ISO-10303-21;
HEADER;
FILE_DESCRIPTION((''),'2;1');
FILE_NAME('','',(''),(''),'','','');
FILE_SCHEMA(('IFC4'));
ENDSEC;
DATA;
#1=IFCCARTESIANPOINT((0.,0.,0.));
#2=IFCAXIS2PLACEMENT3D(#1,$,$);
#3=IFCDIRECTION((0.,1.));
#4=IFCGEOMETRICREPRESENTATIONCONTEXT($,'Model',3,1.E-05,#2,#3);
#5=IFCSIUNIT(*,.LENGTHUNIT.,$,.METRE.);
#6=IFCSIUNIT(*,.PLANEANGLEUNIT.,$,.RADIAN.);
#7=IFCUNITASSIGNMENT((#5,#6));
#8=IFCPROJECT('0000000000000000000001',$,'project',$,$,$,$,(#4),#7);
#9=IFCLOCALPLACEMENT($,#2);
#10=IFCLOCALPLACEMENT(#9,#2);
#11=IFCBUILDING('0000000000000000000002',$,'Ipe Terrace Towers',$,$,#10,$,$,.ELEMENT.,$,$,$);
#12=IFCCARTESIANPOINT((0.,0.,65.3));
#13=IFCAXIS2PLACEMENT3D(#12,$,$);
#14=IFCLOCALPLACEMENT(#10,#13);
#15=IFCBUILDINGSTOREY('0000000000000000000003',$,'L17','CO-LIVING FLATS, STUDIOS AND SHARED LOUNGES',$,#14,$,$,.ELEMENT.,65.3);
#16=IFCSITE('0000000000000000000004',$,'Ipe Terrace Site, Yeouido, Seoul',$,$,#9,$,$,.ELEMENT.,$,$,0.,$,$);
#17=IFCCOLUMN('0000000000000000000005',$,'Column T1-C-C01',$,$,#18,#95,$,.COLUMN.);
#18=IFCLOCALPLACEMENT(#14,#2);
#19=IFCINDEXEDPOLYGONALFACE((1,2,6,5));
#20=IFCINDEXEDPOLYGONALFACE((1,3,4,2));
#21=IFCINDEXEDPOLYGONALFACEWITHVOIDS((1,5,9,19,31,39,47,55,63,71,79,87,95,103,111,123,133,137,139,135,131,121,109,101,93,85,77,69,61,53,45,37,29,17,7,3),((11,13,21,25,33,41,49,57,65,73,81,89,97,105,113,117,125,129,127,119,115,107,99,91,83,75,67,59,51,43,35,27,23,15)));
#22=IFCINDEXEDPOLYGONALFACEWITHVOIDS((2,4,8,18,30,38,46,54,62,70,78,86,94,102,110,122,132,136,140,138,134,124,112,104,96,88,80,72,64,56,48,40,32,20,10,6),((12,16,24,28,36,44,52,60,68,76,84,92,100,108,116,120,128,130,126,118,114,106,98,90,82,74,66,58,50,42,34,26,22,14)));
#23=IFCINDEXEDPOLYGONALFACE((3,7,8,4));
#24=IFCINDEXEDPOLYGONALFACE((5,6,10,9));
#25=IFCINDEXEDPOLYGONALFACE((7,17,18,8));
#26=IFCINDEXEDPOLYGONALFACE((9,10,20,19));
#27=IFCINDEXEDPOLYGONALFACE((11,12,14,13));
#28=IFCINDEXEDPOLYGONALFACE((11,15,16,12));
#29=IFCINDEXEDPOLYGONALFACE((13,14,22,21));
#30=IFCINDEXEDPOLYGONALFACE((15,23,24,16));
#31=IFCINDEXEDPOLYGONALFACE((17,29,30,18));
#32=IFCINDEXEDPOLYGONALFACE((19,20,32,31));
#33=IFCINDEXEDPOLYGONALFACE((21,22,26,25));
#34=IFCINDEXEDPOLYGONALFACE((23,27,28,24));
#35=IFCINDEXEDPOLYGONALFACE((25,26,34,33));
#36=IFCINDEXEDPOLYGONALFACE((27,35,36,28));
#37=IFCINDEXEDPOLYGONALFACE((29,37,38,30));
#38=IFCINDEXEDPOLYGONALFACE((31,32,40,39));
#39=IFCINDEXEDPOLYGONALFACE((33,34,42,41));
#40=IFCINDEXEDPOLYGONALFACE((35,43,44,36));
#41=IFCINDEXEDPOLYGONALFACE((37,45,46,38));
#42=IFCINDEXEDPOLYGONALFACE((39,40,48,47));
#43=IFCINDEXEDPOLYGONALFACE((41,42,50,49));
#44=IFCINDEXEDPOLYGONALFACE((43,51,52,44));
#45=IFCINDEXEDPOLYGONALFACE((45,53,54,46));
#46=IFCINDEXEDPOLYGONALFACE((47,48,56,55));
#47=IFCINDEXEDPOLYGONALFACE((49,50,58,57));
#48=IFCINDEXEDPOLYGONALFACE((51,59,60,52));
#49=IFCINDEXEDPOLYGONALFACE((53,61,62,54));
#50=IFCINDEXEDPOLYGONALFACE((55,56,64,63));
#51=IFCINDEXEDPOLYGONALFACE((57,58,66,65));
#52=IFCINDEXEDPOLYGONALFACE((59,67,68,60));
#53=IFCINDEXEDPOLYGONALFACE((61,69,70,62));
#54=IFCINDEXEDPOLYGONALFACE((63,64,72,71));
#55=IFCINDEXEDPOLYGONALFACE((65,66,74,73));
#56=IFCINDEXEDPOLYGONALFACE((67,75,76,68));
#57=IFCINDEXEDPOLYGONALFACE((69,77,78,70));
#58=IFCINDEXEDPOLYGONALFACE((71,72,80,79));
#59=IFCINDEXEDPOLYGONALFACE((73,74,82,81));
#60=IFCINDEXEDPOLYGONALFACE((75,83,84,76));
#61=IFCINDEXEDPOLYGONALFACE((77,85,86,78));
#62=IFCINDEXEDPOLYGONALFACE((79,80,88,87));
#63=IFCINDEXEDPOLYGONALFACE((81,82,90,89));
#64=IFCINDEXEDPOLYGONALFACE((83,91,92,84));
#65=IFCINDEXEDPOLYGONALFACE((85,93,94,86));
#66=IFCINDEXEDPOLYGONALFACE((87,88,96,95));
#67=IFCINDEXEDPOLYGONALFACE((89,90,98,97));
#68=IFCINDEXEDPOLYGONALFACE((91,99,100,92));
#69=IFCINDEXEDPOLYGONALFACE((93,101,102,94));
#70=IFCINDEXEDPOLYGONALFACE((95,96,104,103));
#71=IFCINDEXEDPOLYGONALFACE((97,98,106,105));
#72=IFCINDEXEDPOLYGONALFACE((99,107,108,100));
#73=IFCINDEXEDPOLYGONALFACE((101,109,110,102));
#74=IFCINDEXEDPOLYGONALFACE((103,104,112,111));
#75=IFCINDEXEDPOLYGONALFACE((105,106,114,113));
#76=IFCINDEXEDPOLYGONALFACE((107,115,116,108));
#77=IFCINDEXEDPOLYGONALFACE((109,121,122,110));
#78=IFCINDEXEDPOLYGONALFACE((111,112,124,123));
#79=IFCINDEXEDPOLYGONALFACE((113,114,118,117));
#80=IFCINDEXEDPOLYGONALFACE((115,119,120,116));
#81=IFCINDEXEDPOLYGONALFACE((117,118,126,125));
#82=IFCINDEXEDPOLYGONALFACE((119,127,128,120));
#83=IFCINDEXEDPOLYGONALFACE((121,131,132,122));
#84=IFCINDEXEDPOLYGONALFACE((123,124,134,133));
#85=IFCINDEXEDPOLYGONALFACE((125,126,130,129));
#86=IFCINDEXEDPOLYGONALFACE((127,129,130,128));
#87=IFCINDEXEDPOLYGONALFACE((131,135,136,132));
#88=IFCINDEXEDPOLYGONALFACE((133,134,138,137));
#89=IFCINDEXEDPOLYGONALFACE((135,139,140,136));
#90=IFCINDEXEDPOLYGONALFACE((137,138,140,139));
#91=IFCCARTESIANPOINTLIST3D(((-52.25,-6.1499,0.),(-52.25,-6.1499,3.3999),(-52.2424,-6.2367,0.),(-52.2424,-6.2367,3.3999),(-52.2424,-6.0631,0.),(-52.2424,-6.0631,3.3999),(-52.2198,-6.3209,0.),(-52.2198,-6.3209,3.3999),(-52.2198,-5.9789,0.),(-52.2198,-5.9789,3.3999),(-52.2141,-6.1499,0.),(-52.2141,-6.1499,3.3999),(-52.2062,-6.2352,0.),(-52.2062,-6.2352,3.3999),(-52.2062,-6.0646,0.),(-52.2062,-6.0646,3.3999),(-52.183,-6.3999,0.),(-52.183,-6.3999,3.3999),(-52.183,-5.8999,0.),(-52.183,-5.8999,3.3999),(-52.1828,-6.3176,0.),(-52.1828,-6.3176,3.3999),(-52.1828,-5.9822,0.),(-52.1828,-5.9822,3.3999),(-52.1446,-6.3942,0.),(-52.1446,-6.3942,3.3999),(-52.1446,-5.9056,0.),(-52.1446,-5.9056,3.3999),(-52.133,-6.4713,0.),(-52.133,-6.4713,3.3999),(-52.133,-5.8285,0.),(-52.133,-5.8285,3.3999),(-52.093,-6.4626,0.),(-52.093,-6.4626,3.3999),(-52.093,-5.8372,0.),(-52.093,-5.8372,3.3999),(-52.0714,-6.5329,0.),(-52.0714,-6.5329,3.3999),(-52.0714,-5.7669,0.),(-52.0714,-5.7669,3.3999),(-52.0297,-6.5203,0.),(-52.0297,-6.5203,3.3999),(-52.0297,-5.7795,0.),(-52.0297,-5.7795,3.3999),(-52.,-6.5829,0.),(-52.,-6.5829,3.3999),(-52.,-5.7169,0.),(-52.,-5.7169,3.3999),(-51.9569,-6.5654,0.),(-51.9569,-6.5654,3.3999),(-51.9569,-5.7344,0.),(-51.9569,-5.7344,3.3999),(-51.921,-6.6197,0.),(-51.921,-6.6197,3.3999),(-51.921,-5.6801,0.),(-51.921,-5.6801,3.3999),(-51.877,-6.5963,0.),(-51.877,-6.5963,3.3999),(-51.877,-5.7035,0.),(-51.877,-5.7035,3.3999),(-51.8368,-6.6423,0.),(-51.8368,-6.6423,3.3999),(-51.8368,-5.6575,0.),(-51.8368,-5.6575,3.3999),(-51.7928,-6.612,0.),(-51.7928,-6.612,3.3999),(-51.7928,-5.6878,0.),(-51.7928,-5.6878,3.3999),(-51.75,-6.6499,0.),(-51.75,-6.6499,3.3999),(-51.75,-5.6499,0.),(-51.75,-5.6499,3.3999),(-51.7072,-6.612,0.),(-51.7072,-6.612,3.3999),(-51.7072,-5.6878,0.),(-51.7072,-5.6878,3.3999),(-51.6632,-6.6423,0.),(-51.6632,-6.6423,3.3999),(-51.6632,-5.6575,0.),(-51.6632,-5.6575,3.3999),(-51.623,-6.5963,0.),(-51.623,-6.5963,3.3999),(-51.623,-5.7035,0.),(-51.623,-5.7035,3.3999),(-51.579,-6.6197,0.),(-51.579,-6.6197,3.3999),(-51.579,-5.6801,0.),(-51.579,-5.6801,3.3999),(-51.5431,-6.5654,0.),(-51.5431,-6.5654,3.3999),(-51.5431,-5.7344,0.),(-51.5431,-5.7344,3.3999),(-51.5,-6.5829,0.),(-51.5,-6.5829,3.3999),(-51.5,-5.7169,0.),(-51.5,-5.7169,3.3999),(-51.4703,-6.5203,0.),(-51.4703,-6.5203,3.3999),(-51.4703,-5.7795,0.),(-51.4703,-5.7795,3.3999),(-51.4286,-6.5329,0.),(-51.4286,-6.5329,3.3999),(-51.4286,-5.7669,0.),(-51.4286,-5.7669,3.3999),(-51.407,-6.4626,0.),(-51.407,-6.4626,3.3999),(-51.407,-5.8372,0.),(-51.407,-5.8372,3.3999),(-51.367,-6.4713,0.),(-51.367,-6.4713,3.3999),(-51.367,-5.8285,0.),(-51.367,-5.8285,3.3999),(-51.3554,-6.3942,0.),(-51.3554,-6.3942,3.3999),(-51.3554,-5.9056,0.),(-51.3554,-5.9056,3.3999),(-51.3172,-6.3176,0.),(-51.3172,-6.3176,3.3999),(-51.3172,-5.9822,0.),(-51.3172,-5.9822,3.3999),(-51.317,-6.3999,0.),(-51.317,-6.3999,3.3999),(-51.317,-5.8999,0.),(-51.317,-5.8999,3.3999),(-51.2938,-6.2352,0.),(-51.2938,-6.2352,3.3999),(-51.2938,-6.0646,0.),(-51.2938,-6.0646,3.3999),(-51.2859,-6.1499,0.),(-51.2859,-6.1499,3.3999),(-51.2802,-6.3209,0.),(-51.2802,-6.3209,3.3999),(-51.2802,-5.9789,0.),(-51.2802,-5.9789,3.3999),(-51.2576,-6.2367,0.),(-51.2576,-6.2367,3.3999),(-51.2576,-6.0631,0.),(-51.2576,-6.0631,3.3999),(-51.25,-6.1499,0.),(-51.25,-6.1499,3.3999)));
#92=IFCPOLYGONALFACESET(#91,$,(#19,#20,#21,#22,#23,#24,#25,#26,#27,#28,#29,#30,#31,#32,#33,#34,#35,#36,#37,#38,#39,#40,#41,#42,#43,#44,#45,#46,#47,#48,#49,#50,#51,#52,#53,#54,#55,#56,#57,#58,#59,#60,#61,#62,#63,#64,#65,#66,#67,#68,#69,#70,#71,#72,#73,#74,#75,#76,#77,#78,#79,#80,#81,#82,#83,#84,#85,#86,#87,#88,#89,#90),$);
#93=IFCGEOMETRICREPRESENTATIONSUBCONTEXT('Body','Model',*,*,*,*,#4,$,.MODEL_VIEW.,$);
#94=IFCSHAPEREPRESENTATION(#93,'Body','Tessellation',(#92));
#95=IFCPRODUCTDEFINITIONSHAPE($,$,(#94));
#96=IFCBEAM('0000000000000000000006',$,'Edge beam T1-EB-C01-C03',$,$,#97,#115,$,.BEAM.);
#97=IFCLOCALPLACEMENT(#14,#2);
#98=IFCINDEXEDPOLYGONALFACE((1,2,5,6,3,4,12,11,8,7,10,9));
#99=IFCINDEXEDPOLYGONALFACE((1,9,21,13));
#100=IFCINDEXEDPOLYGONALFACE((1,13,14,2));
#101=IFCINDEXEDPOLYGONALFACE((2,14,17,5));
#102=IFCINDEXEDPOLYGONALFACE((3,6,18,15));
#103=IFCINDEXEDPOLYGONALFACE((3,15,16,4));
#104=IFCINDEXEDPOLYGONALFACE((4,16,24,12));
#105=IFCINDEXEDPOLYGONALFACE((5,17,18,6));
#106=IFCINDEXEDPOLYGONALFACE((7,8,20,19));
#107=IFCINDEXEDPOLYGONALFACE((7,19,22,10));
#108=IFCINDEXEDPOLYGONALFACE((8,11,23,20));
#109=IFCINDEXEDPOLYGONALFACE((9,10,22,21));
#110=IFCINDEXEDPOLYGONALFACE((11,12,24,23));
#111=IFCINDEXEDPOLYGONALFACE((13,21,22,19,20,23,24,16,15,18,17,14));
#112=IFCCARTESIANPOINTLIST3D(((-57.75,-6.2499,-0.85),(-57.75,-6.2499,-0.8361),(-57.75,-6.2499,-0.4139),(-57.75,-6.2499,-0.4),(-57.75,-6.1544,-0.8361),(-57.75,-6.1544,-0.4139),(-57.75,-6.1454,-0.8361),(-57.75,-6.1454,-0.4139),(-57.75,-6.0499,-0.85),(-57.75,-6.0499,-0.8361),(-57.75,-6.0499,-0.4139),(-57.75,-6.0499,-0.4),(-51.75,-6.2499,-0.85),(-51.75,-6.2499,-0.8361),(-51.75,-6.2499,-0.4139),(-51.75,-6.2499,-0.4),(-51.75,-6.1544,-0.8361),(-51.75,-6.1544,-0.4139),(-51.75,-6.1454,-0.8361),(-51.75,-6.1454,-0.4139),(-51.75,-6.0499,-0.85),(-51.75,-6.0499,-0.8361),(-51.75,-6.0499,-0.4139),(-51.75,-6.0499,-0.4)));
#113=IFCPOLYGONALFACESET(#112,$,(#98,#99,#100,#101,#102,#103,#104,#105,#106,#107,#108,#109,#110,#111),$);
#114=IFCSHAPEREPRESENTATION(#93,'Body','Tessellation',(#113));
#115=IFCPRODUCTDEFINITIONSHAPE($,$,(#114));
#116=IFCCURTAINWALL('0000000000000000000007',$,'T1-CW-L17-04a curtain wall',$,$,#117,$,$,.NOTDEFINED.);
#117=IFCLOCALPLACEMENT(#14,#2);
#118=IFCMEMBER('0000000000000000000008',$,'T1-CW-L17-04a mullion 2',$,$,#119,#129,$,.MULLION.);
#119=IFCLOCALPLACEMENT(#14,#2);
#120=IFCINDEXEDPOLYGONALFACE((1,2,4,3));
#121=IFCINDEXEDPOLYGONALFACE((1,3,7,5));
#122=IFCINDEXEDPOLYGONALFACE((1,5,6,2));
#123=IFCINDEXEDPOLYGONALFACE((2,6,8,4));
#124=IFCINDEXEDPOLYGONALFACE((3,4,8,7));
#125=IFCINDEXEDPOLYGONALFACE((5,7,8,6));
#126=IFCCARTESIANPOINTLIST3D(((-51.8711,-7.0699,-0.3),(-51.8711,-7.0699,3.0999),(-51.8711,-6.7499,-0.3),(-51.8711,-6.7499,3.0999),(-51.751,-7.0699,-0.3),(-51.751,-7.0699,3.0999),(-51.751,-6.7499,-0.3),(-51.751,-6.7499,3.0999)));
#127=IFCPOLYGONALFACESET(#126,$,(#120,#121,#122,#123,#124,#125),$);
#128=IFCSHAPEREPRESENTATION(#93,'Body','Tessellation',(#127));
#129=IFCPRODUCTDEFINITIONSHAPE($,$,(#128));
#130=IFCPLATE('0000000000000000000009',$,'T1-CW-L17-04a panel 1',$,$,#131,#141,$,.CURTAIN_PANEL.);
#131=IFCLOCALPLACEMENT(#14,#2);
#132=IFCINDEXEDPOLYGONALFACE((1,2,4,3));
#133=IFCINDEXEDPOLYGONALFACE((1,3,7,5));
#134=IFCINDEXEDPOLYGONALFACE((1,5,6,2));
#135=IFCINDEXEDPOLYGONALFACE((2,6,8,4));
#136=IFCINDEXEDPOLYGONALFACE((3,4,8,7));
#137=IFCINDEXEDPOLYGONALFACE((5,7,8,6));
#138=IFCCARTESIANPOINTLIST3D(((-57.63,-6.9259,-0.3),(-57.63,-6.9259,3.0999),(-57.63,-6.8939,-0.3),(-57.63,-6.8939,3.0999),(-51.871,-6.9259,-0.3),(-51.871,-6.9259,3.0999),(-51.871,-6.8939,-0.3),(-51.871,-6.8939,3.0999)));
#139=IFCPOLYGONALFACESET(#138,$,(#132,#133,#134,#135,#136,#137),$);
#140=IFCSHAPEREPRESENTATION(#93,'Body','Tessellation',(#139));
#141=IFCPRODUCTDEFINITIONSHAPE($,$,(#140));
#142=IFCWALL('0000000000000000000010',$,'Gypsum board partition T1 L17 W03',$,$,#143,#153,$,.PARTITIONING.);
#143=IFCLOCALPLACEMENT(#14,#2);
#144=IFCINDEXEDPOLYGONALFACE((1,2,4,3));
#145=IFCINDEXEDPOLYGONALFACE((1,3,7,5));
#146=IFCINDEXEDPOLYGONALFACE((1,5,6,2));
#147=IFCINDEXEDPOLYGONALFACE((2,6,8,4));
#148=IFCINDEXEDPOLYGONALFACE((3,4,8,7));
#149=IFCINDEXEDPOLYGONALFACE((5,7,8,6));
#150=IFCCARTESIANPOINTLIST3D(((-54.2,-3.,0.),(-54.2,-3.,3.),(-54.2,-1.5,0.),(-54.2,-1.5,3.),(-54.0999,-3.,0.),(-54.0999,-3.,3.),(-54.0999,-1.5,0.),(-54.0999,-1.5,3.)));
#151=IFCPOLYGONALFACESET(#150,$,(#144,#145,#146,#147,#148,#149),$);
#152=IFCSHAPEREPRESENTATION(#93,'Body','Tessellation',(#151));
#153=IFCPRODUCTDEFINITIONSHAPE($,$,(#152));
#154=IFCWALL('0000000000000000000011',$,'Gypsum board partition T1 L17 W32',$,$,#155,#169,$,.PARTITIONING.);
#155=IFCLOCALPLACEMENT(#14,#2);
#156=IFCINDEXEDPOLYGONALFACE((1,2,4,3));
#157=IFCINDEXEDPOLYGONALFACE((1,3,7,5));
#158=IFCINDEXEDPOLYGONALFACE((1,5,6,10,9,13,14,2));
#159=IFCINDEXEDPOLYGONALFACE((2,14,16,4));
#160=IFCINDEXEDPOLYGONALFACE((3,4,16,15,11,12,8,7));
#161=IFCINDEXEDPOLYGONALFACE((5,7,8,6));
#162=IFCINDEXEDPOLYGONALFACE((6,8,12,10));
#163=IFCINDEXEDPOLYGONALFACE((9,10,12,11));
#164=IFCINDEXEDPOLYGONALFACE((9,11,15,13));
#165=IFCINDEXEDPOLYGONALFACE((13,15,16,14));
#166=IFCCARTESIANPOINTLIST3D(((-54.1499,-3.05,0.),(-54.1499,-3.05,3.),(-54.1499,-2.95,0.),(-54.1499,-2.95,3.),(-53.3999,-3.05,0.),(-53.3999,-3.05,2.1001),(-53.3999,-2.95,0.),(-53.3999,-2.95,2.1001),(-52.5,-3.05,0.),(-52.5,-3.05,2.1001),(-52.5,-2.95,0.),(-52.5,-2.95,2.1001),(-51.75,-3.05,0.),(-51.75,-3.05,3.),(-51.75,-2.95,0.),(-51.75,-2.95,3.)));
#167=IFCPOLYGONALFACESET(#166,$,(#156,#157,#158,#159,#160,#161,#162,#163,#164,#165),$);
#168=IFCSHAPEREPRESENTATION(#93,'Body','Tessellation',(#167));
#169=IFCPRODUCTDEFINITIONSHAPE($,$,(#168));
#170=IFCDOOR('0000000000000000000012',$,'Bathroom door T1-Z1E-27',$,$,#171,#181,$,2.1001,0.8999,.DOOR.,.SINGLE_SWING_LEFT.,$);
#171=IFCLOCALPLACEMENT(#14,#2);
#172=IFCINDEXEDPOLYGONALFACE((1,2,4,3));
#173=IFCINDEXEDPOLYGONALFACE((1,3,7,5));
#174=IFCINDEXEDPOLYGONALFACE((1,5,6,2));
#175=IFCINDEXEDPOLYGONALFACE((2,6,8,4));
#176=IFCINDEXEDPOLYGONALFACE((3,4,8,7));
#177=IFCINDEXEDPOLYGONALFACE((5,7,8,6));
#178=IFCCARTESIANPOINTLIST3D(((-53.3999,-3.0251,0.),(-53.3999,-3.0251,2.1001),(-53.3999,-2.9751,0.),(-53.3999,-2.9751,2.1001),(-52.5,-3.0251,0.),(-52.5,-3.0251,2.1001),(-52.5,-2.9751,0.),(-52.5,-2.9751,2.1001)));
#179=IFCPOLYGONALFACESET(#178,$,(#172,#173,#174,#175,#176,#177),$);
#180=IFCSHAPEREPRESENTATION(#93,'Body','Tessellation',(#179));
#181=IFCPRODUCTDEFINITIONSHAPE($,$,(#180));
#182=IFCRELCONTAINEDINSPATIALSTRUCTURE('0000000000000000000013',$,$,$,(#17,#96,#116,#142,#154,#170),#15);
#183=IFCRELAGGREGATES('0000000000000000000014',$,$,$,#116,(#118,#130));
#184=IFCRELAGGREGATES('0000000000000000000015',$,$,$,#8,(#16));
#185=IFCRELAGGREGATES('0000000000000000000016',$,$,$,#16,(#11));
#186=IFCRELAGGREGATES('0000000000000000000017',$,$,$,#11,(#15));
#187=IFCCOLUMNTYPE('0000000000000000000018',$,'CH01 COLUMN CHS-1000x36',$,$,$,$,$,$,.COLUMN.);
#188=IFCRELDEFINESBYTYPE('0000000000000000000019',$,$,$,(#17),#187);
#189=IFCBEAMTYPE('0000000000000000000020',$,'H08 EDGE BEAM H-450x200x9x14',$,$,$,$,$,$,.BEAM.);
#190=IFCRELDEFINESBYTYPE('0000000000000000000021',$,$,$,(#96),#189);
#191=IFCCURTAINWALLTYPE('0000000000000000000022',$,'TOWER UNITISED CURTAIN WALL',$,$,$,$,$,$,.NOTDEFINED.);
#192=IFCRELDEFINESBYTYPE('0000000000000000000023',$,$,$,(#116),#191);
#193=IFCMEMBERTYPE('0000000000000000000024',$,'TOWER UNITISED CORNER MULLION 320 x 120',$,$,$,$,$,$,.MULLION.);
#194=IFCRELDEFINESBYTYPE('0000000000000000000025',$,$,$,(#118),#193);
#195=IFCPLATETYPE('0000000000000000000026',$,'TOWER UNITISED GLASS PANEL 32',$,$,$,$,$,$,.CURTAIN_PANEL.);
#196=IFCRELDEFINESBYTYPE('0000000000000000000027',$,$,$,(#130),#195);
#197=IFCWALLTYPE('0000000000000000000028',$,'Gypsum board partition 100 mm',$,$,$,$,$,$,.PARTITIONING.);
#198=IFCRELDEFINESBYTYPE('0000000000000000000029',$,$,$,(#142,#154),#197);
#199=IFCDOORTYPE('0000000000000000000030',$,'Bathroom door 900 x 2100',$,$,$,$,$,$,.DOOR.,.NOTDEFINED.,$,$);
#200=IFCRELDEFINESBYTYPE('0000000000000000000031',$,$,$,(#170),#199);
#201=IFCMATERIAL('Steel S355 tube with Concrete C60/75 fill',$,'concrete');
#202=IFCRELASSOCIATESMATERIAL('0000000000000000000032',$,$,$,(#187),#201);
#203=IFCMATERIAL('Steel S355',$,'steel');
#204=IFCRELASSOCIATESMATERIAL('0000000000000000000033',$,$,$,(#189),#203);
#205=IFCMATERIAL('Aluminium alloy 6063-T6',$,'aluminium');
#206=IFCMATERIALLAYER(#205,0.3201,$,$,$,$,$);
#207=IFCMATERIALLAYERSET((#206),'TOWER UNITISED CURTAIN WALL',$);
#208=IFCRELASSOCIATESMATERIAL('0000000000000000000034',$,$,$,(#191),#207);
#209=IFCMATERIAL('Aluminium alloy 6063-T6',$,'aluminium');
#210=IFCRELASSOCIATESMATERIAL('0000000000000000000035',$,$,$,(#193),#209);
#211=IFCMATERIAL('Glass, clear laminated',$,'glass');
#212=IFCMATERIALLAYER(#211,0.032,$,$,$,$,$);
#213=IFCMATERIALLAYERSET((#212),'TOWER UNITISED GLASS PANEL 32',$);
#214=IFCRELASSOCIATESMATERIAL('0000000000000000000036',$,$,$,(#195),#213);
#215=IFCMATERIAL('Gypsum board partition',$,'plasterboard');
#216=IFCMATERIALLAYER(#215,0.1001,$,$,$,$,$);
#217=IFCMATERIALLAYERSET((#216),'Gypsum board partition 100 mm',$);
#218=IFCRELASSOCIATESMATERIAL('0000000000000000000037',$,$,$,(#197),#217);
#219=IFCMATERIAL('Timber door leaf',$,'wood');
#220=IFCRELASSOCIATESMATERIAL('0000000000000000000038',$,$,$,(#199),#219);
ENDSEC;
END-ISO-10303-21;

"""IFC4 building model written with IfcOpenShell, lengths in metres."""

from ifc_helpers import new_model, si_unit, direction, frame, frame_2d, origin, origin_2d, place, context, subcontext, project, spatial, rectangle, hollow_circle, i_section, extrude, material, layer, layer_set, material_profile, profile_set, type_object, element, fill, aggregate, save


model = new_model("IFC4")

# Units and contexts
model_context = context("Model", 3, precision=1e-05, world=origin(), true_north=direction((0.0, 1.0)))
body_context = subcontext(model_context, "Body", "Model", "MODEL_VIEW")
ifc_project = project(units=[si_unit("LENGTHUNIT", "METRE"), si_unit("PLANEANGLEUNIT", "RADIAN")], contexts=[model_context])

# Site, building, storey
site_placement = place(None, origin())
site = spatial("IfcSite", under=ifc_project, at=site_placement, Name="Ipe Terrace Site, Yeouido, Seoul", CompositionType="ELEMENT", RefElevation=0.0)
building_placement = place(site_placement, origin())
building = spatial("IfcBuilding", under=site, at=building_placement, Name="Ipe Terrace Towers", CompositionType="ELEMENT")
storey_placement = place(building_placement, frame((0.0, 0.0, 65.3)))
storey = spatial("IfcBuildingStorey", under=building, at=storey_placement, Name="L17", Description="CO-LIVING FLATS, STUDIOS AND SHARED LOUNGES", CompositionType="ELEMENT", Elevation=65.3)

# Column
ifc_material_1 = material(Name="Steel S355 tube with Concrete C60/75 fill", Category="concrete")
ifc_material_profile_1 = material_profile(ifc_material_1, hollow_circle(Radius=0.5, WallThickness=0.0359, at=origin_2d()), Name="CHS-1000x36")
ifc_profile_set_1 = profile_set([ifc_material_profile_1], Name="Steel S355 tube with Concrete C60/75 fill")
column_type = type_object("IfcColumnType", Name="CH01 COLUMN CHS-1000x36", PredefinedType="COLUMN", material=ifc_profile_set_1)
column_placement = place(storey_placement, frame((-51.75, -6.1499, 0.0), z_axis=(0.0, 0.0, 1.0), x_axis=(1.0, 0.0, 0.0)))
element("IfcColumn", 1, at=column_placement, inside=storey, type_object=column_type, Name="Column T1-C-C01", PredefinedType="COLUMN", context=body_context, shape_type="SweptSolid", body=[
    extrude(hollow_circle(Radius=0.5, WallThickness=0.0359, at=origin_2d()), origin(), (0.0, 0.0, 1.0), 3.3999),
])

# Beam
ifc_material_2 = material(Name="Steel S355", Category="steel")
ifc_material_profile_2 = material_profile(ifc_material_2, i_section(OverallWidth=0.2, OverallDepth=0.45, WebThickness=0.009, FlangeThickness=0.0139, at=origin_2d()), Name="H-450x200x9x14")
ifc_profile_set_2 = profile_set([ifc_material_profile_2], Name="Steel S355")
beam_type = type_object("IfcBeamType", Name="H08 EDGE BEAM H-450x200x9x14", PredefinedType="BEAM", material=ifc_profile_set_2)
beam_placement = place(storey_placement, frame((-51.75, -6.1499, -0.625), z_axis=(-1.0, 0.0, 0.0), x_axis=(0.0, -1.0, 0.0)))
element("IfcBeam", 2, at=beam_placement, inside=storey, type_object=beam_type, Name="Edge beam T1-EB-C01-C03", PredefinedType="BEAM", context=body_context, shape_type="SweptSolid", body=[
    extrude(i_section(OverallWidth=0.2, OverallDepth=0.45, WebThickness=0.009, FlangeThickness=0.0139, at=origin_2d()), origin(), (0.0, 0.0, 1.0), 6.0),
])

# Curtain wall, member, plate
ifc_material_3 = material(Name="Aluminium alloy 6063-T6", Category="aluminium")
ifc_layer_1 = layer(ifc_material_3, 0.3201)
ifc_layer_set_1 = layer_set([ifc_layer_1], Name="TOWER UNITISED CURTAIN WALL")
curtain_wall_type = type_object("IfcCurtainWallType", Name="TOWER UNITISED CURTAIN WALL", PredefinedType="NOTDEFINED", material=ifc_layer_set_1)
curtain_wall_placement = place(storey_placement, origin())
curtain_wall = element("IfcCurtainWall", 3, at=curtain_wall_placement, inside=storey, type_object=curtain_wall_type, Name="T1-CW-L17-04a curtain wall", PredefinedType="NOTDEFINED")
ifc_material_4 = material(Name="Aluminium alloy 6063-T6", Category="aluminium")
ifc_material_profile_3 = material_profile(ifc_material_4, rectangle(XDim=0.3201, YDim=0.1201, at=origin_2d()), Name="TOWER UNITISED CORNER MULLION 320 x 120")
ifc_profile_set_3 = profile_set([ifc_material_profile_3], Name="Aluminium alloy 6063-T6")
member_type = type_object("IfcMemberType", Name="TOWER UNITISED CORNER MULLION 320 x 120", PredefinedType="MULLION", material=ifc_profile_set_3)
member_placement = place(storey_placement, frame((-51.811, -6.9099, -0.3), z_axis=(0.0, 0.0, 1.0), x_axis=(0.0, -1.0, 0.0)))
member = element("IfcMember", 4, at=member_placement, type_object=member_type, Name="T1-CW-L17-04a mullion 2", PredefinedType="MULLION", context=body_context, shape_type="SweptSolid", body=[
    extrude(rectangle(XDim=0.3201, YDim=0.1201, at=origin_2d()), origin(), (0.0, 0.0, 1.0), 3.3999),
])
ifc_material_5 = material(Name="Glass, clear laminated", Category="glass")
ifc_layer_2 = layer(ifc_material_5, 0.032)
ifc_layer_set_2 = layer_set([ifc_layer_2], Name="TOWER UNITISED GLASS PANEL 32")
plate_type = type_object("IfcPlateType", Name="TOWER UNITISED GLASS PANEL 32", PredefinedType="CURTAIN_PANEL", material=ifc_layer_set_2)
plate_placement = place(storey_placement, frame((-54.7505, -6.9099, -0.3), z_axis=(0.0, 0.0, 1.0), x_axis=(1.0, 0.0, 0.0)))
plate = element("IfcPlate", 5, at=plate_placement, type_object=plate_type, Name="T1-CW-L17-04a panel 1", PredefinedType="CURTAIN_PANEL", context=body_context, shape_type="SweptSolid", body=[
    extrude(rectangle(XDim=5.759, YDim=0.032, at=origin_2d()), origin(), (0.0, 0.0, 1.0), 3.3999),
])
aggregate(curtain_wall, [member, plate])

# Wall
ifc_material_6 = material(Name="Gypsum board partition", Category="plasterboard")
ifc_layer_3 = layer(ifc_material_6, 0.1001)
ifc_layer_set_3 = layer_set([ifc_layer_3], Name="Gypsum board partition 100 mm")
wall_type_1 = type_object("IfcWallType", Name="Gypsum board partition 100 mm", PredefinedType="PARTITIONING", material=ifc_layer_set_3)
wall_1_placement = place(storey_placement, frame((-54.1499, -3.0, 0.0), z_axis=(0.0, 0.0, 1.0), x_axis=(0.0, 1.0, 0.0)))
element("IfcWall", 6, at=wall_1_placement, inside=storey, type_object=wall_type_1, Name="Gypsum board partition T1 L17 W03", PredefinedType="PARTITIONING", context=body_context, shape_type="SweptSolid", body=[
    extrude(rectangle(XDim=1.5, YDim=0.1001, at=frame_2d((0.75, 0.0))), origin(), (0.0, 0.0, 1.0), 3.0),
])

# Wall, opening, door
wall_2_placement = place(storey_placement, frame((-54.1499, -3.0, 0.0), z_axis=(0.0, 0.0, 1.0), x_axis=(1.0, 0.0, 0.0)))
wall_2 = element("IfcWall", 7, at=wall_2_placement, inside=storey, type_object=wall_type_1, Name="Gypsum board partition T1 L17 W32", PredefinedType="PARTITIONING", context=body_context, shape_type="SweptSolid", body=[
    extrude(rectangle(XDim=2.3999, YDim=0.1001, at=frame_2d((1.2, 0.0))), origin(), (0.0, 0.0, 1.0), 3.0),
])
opening_1_placement = place(wall_2_placement, frame((0.75, 0.0, 0.0)))
opening_1 = element("IfcOpeningElement", 8, at=opening_1_placement, cuts=wall_2, PredefinedType="OPENING", context=body_context, shape_type="SweptSolid", body=[
    extrude(rectangle(XDim=0.8999, YDim=2.1001, at=frame_2d((0.45, 1.05))), frame((0.0, 0.0601, 0.0), z_axis=(0.0, -1.0, 0.0), x_axis=(1.0, 0.0, 0.0)), (0.0, 0.0, 1.0), 0.1201),
])
ifc_material_7 = material(Name="Timber door leaf", Category="wood")
door_type_1 = type_object("IfcDoorType", Name="Bathroom door 900 x 2100", OperationType="NOTDEFINED", PredefinedType="DOOR", material=ifc_material_7)
door_1_placement = place(opening_1_placement, origin())
door_1 = element("IfcDoor", 9, at=door_1_placement, inside=storey, type_object=door_type_1, Name="Bathroom door T1-Z1E-27", OperationType="SINGLE_SWING_LEFT", OverallHeight=2.1001, OverallWidth=0.8999, PredefinedType="DOOR", context=body_context, shape_type="SweptSolid", body=[
    extrude(rectangle(XDim=0.8999, YDim=2.1001, at=frame_2d((0.45, 1.05))), frame((0.0, 0.0249, 0.0), z_axis=(0.0, -1.0, 0.0), x_axis=(1.0, 0.0, 0.0)), (0.0, 0.0, 1.0), 0.05),
])
fill(opening_1, door_1)

save(model, "model.ifc")
